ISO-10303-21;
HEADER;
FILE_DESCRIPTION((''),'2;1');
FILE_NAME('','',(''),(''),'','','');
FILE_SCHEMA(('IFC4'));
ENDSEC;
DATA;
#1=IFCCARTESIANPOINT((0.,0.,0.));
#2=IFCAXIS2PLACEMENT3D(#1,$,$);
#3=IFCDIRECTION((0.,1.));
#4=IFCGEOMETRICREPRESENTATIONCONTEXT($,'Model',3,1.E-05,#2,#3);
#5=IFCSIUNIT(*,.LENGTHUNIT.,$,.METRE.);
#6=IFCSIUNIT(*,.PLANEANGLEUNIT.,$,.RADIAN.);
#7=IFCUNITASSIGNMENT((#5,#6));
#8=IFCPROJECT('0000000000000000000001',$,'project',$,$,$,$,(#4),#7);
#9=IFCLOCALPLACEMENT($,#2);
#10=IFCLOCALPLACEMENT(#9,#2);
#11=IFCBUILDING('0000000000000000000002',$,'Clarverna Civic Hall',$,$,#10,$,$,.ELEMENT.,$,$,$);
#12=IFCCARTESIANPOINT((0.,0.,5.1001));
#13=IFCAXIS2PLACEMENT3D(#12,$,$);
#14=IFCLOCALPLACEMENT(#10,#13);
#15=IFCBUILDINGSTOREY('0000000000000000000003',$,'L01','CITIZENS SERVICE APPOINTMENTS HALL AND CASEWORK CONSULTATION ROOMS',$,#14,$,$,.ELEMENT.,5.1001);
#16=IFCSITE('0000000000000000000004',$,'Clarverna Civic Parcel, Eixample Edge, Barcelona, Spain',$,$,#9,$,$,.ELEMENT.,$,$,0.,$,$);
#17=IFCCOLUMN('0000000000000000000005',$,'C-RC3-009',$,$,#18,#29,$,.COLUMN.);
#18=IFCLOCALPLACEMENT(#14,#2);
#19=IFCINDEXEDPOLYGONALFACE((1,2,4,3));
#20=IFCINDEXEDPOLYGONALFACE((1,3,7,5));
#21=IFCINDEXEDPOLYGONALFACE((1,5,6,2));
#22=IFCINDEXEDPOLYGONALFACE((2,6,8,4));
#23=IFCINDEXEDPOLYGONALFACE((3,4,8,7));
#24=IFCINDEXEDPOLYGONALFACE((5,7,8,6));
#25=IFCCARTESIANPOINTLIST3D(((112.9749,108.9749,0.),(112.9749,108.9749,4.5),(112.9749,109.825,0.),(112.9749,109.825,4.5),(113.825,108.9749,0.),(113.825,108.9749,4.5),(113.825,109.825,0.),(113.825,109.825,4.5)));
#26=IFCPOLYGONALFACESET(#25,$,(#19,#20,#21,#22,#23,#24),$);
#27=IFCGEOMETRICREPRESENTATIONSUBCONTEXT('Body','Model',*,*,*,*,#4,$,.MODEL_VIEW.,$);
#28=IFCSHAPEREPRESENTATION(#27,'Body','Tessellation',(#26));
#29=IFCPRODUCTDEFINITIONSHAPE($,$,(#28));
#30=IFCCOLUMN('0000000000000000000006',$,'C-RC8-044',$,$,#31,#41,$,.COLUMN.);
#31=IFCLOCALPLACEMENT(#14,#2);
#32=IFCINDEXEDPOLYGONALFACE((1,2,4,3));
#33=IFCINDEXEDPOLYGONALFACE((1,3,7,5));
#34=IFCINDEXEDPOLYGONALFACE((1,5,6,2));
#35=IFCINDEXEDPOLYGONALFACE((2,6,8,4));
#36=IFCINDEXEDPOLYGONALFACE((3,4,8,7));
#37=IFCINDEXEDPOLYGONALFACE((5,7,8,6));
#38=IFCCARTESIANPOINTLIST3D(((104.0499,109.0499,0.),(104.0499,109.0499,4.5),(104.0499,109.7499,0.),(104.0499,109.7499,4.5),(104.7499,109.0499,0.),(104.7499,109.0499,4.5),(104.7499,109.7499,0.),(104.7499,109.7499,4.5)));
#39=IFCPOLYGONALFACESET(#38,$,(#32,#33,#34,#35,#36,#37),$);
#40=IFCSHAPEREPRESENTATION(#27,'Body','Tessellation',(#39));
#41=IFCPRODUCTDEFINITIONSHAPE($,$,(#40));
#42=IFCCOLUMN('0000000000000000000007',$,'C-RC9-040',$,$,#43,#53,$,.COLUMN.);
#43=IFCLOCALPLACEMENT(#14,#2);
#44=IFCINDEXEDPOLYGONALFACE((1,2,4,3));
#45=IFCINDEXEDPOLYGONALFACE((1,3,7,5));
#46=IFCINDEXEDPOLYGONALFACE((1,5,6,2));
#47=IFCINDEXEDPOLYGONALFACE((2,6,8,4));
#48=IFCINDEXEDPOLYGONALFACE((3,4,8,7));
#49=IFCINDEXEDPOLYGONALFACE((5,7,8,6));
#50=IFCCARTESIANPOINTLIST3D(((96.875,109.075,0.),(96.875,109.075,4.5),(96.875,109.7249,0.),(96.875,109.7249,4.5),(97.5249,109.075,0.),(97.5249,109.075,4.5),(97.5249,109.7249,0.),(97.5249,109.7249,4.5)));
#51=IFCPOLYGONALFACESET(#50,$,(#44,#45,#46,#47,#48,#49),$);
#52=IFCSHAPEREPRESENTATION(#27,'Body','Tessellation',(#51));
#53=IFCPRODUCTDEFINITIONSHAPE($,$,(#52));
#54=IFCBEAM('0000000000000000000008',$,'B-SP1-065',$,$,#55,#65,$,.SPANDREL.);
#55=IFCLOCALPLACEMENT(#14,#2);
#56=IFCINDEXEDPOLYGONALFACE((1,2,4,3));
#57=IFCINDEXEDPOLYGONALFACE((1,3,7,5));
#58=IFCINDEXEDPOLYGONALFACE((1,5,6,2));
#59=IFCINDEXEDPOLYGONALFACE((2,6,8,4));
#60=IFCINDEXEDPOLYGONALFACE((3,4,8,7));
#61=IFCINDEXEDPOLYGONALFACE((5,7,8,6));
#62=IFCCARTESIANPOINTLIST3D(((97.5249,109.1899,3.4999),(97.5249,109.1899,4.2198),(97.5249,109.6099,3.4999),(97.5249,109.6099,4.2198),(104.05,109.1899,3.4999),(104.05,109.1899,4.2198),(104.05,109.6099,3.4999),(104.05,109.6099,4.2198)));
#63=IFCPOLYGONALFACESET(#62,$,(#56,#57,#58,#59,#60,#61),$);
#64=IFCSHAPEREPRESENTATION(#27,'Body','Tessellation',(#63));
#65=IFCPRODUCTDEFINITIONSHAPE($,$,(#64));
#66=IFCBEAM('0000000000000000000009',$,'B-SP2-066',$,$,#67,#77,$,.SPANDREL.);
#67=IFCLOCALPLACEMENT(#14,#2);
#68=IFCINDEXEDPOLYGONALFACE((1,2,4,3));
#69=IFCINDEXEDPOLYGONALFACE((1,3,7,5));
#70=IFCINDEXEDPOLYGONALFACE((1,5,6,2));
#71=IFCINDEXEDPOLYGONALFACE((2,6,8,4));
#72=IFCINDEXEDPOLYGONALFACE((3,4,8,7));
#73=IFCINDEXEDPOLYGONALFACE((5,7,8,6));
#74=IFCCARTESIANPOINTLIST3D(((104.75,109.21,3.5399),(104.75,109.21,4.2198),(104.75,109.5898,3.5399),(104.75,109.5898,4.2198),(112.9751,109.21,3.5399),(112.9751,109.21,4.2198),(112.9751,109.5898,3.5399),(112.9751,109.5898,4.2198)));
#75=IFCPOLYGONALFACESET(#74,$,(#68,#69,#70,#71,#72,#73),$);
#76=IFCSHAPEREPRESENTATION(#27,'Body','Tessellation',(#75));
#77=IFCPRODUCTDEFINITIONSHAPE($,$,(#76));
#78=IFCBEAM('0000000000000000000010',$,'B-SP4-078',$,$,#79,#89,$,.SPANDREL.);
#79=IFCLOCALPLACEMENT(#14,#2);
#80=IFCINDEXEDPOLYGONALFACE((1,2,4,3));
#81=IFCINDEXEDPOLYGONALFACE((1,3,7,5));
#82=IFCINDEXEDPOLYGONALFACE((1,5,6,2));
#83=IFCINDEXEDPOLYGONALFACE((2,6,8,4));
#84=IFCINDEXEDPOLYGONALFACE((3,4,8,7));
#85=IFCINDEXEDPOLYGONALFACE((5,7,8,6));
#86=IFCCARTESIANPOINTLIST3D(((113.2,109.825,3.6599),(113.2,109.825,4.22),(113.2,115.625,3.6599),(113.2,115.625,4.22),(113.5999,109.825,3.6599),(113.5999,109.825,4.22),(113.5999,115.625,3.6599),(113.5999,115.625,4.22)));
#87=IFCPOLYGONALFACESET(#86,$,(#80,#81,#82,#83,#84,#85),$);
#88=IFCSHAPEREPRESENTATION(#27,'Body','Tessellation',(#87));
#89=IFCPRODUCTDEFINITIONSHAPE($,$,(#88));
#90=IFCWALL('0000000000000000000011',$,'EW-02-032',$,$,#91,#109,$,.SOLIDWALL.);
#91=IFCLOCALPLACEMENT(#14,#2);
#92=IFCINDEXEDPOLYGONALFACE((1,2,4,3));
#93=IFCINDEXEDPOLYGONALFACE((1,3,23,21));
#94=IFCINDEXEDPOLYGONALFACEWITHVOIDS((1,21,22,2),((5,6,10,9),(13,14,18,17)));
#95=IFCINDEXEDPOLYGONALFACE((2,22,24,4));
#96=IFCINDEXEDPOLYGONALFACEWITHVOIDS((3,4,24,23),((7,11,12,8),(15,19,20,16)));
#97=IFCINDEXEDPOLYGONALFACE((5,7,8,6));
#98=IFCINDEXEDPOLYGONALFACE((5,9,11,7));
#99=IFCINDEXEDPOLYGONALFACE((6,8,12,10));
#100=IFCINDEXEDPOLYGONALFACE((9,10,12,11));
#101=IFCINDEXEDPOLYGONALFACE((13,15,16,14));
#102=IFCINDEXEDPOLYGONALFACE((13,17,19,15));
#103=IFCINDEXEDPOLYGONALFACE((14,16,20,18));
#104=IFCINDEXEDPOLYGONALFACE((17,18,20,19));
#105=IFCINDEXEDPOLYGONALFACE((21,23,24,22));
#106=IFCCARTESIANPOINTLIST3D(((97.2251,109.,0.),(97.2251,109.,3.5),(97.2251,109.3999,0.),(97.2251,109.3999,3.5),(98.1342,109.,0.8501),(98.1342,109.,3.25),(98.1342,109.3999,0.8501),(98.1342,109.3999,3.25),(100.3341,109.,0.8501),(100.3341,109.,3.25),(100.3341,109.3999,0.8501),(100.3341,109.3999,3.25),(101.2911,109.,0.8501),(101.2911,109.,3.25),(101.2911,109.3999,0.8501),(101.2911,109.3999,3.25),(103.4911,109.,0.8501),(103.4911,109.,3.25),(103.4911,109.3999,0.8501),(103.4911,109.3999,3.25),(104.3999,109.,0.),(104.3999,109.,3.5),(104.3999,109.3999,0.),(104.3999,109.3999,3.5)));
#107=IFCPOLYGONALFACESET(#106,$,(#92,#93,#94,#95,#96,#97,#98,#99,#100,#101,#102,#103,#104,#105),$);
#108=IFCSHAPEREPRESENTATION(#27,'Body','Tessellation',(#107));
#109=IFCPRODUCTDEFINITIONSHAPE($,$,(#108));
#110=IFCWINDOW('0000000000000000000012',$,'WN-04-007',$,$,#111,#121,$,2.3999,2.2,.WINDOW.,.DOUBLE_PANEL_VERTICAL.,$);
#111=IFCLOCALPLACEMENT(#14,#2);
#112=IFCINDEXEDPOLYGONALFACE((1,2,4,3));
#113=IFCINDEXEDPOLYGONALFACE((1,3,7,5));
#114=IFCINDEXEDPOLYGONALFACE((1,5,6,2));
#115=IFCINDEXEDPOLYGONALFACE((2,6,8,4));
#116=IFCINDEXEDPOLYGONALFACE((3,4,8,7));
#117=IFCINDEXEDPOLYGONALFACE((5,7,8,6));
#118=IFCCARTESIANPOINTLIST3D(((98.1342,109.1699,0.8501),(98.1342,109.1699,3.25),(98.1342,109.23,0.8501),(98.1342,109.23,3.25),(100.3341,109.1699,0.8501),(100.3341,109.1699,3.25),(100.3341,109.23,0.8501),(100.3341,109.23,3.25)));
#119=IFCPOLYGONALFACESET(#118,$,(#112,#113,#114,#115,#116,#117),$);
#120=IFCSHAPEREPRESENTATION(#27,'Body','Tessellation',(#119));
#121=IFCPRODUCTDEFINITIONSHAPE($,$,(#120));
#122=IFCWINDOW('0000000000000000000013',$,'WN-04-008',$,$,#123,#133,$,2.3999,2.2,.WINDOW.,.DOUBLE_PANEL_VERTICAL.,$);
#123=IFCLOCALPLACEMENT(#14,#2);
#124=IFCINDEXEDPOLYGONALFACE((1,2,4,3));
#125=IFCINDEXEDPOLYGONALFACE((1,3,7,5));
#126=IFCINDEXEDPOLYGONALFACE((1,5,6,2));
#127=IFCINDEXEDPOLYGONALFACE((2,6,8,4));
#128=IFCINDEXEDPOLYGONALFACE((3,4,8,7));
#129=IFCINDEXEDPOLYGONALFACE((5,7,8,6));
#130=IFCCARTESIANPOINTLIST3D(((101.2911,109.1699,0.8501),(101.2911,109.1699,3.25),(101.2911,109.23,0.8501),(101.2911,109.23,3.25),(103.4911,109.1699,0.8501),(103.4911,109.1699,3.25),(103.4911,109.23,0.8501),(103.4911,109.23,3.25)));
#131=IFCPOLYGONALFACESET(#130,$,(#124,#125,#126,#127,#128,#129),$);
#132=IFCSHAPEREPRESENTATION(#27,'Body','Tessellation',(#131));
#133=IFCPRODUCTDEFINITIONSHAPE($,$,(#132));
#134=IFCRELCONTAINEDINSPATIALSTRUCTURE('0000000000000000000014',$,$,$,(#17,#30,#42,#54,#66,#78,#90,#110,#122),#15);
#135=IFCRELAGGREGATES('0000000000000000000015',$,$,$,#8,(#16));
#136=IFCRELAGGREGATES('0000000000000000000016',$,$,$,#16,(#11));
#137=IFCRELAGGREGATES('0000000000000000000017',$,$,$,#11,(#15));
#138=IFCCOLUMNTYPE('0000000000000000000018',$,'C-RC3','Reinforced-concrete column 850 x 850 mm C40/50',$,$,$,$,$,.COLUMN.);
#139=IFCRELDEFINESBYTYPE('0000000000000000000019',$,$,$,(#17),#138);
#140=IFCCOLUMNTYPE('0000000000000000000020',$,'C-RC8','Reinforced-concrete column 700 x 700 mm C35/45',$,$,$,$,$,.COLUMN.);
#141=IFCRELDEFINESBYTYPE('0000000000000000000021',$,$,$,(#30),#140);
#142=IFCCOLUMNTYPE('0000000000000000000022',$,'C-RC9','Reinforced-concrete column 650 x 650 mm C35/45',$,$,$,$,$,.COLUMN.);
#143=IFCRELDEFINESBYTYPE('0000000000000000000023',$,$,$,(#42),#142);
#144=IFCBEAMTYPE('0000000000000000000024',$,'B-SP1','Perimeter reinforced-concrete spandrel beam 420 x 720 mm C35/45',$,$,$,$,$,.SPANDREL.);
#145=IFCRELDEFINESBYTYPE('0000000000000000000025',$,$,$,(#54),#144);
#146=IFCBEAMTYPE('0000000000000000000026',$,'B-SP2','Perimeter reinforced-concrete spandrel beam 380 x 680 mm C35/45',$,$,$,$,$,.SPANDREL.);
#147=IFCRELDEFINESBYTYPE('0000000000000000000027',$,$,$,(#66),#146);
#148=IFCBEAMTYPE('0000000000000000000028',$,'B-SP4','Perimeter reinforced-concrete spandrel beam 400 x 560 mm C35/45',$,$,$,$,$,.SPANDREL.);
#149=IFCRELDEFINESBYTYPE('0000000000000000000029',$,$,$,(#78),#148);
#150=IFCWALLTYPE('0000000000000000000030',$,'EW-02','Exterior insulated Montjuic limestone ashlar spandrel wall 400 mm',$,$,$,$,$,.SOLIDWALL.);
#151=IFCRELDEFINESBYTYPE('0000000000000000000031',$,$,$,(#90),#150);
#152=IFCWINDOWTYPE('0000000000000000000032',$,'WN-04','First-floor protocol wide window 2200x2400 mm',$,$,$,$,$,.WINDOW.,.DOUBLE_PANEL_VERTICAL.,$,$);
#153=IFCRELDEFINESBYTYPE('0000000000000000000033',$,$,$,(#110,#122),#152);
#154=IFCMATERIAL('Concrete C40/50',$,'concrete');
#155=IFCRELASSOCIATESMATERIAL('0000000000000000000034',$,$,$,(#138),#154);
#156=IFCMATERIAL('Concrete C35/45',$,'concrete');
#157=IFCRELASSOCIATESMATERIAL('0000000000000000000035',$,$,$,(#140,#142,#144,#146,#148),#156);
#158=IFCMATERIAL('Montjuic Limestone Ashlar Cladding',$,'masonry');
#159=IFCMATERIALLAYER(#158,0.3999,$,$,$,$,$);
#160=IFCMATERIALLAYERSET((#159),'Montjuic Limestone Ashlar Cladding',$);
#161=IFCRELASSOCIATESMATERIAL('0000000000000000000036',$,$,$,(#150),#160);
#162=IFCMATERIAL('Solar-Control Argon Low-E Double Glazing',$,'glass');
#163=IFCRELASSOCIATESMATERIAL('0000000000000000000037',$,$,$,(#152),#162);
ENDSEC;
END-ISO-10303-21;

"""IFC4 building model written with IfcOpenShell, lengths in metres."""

from ifc_helpers import new_model, si_unit, direction, frame, frame_2d, origin, origin_2d, place, context, subcontext, project, spatial, rectangle, extrude, material, layer, layer_set, material_profile, profile_set, type_object, element, fill, save


model = new_model("IFC4")

# Units and contexts
model_context = context("Model", 3, precision=1e-05, world=origin(), true_north=direction((0.0, 1.0)))
body_context = subcontext(model_context, "Body", "Model", "MODEL_VIEW")
ifc_project = project(units=[si_unit("LENGTHUNIT", "METRE"), si_unit("PLANEANGLEUNIT", "RADIAN")], contexts=[model_context])

# Site, building, storey
site_placement = place(None, origin())
site = spatial("IfcSite", under=ifc_project, at=site_placement, Name="Clarverna Civic Parcel, Eixample Edge, Barcelona, Spain", CompositionType="ELEMENT", RefElevation=0.0)
building_placement = place(site_placement, origin())
building = spatial("IfcBuilding", under=site, at=building_placement, Name="Clarverna Civic Hall", CompositionType="ELEMENT")
storey_placement = place(building_placement, frame((0.0, 0.0, 5.1001)))
storey = spatial("IfcBuildingStorey", under=building, at=storey_placement, Name="L01", Description="CITIZENS SERVICE APPOINTMENTS HALL AND CASEWORK CONSULTATION ROOMS", CompositionType="ELEMENT", Elevation=5.1001)

# Columns
ifc_material_1 = material(Name="Concrete C40/50", Category="concrete")
ifc_material_profile_1 = material_profile(ifc_material_1, rectangle(XDim=0.8501, YDim=0.8501, at=origin_2d()), Name="RC 850x850")
ifc_profile_set_1 = profile_set([ifc_material_profile_1], Name="Concrete C40/50")
column_type_1 = type_object("IfcColumnType", Name="C-RC3", Description="Reinforced-concrete column 850 x 850 mm C40/50", PredefinedType="COLUMN", material=ifc_profile_set_1)
column_1_placement = place(storey_placement, frame((113.3999, 109.3999, 0.0), z_axis=(0.0, 0.0, 1.0), x_axis=(1.0, 0.0, 0.0)))
element("IfcColumn", 1, at=column_1_placement, inside=storey, type_object=column_type_1, Name="C-RC3-009", PredefinedType="COLUMN", context=body_context, shape_type="SweptSolid", body=[
    extrude(rectangle(XDim=0.8501, YDim=0.8501, at=origin_2d()), origin(), (0.0, 0.0, 1.0), 4.5),
])
ifc_material_2 = material(Name="Concrete C35/45", Category="concrete")
ifc_material_profile_2 = material_profile(ifc_material_2, rectangle(XDim=0.7, YDim=0.7, at=origin_2d()), Name="RC 700x700")
ifc_profile_set_2 = profile_set([ifc_material_profile_2], Name="Concrete C35/45")
column_type_2 = type_object("IfcColumnType", Name="C-RC8", Description="Reinforced-concrete column 700 x 700 mm C35/45", PredefinedType="COLUMN", material=ifc_profile_set_2)
column_2_placement = place(storey_placement, frame((104.3999, 109.3999, 0.0), z_axis=(0.0, 0.0, 1.0), x_axis=(1.0, 0.0, 0.0)))
element("IfcColumn", 2, at=column_2_placement, inside=storey, type_object=column_type_2, Name="C-RC8-044", PredefinedType="COLUMN", context=body_context, shape_type="SweptSolid", body=[
    extrude(rectangle(XDim=0.7, YDim=0.7, at=origin_2d()), origin(), (0.0, 0.0, 1.0), 4.5),
])
ifc_material_profile_3 = material_profile(ifc_material_2, rectangle(XDim=0.6499, YDim=0.6499, at=origin_2d()), Name="RC 650x650")
ifc_profile_set_3 = profile_set([ifc_material_profile_3], Name="Concrete C35/45")
column_type_3 = type_object("IfcColumnType", Name="C-RC9", Description="Reinforced-concrete column 650 x 650 mm C35/45", PredefinedType="COLUMN", material=ifc_profile_set_3)
column_3_placement = place(storey_placement, frame((97.2, 109.3999, 0.0), z_axis=(0.0, 0.0, 1.0), x_axis=(1.0, 0.0, 0.0)))
element("IfcColumn", 3, at=column_3_placement, inside=storey, type_object=column_type_3, Name="C-RC9-040", PredefinedType="COLUMN", context=body_context, shape_type="SweptSolid", body=[
    extrude(rectangle(XDim=0.6499, YDim=0.6499, at=origin_2d()), origin(), (0.0, 0.0, 1.0), 4.5),
])

# Beams
ifc_material_profile_4 = material_profile(ifc_material_2, rectangle(XDim=0.4199, YDim=0.72, at=origin_2d()), Name="RC 420x720")
ifc_profile_set_4 = profile_set([ifc_material_profile_4], Name="Concrete C35/45")
beam_type_1 = type_object("IfcBeamType", Name="B-SP1", Description="Perimeter reinforced-concrete spandrel beam 420 x 720 mm C35/45", PredefinedType="SPANDREL", material=ifc_profile_set_4)
beam_1_placement = place(storey_placement, frame((97.5249, 109.3999, 3.8599), z_axis=(1.0, 0.0, 0.0), x_axis=(0.0, 1.0, 0.0)))
element("IfcBeam", 4, at=beam_1_placement, inside=storey, type_object=beam_type_1, Name="B-SP1-065", PredefinedType="SPANDREL", context=body_context, shape_type="SweptSolid", body=[
    extrude(rectangle(XDim=0.4199, YDim=0.72, at=origin_2d()), origin(), (0.0, 0.0, 1.0), 6.5251),
])
ifc_material_profile_5 = material_profile(ifc_material_2, rectangle(XDim=0.3799, YDim=0.6799, at=origin_2d()), Name="RC 380x680")
ifc_profile_set_5 = profile_set([ifc_material_profile_5], Name="Concrete C35/45")
beam_type_2 = type_object("IfcBeamType", Name="B-SP2", Description="Perimeter reinforced-concrete spandrel beam 380 x 680 mm C35/45", PredefinedType="SPANDREL", material=ifc_profile_set_5)
beam_2_placement = place(storey_placement, frame((104.75, 109.3999, 3.8799), z_axis=(1.0, 0.0, 0.0), x_axis=(0.0, 1.0, 0.0)))
element("IfcBeam", 5, at=beam_2_placement, inside=storey, type_object=beam_type_2, Name="B-SP2-066", PredefinedType="SPANDREL", context=body_context, shape_type="SweptSolid", body=[
    extrude(rectangle(XDim=0.3799, YDim=0.6799, at=origin_2d()), origin(), (0.0, 0.0, 1.0), 8.2251),
])
ifc_material_profile_6 = material_profile(ifc_material_2, rectangle(XDim=0.3999, YDim=0.5601, at=origin_2d()), Name="RC 400x560")
ifc_profile_set_6 = profile_set([ifc_material_profile_6], Name="Concrete C35/45")
beam_type_3 = type_object("IfcBeamType", Name="B-SP4", Description="Perimeter reinforced-concrete spandrel beam 400 x 560 mm C35/45", PredefinedType="SPANDREL", material=ifc_profile_set_6)
beam_3_placement = place(storey_placement, frame((113.3999, 109.825, 3.9399), z_axis=(0.0, 1.0, 0.0), x_axis=(-1.0, 0.0, 0.0)))
element("IfcBeam", 6, at=beam_3_placement, inside=storey, type_object=beam_type_3, Name="B-SP4-078", PredefinedType="SPANDREL", context=body_context, shape_type="SweptSolid", body=[
    extrude(rectangle(XDim=0.3999, YDim=0.5601, at=origin_2d()), origin(), (0.0, 0.0, 1.0), 5.8),
])

# Wall, openings, windows
ifc_material_3 = material(Name="Montjuic Limestone Ashlar Cladding", Category="masonry")
ifc_layer_1 = layer(ifc_material_3, 0.3999)
ifc_layer_set_1 = layer_set([ifc_layer_1], Name="Montjuic Limestone Ashlar Cladding")
wall_type = type_object("IfcWallType", Name="EW-02", Description="Exterior insulated Montjuic limestone ashlar spandrel wall 400 mm", PredefinedType="SOLIDWALL", material=ifc_layer_set_1)
wall_1_placement = place(storey_placement, frame((97.2251, 109.2, 0.0), z_axis=(0.0, 0.0, 1.0), x_axis=(1.0, 0.0, 0.0)))
wall_1 = element("IfcWall", 7, at=wall_1_placement, inside=storey, type_object=wall_type, Name="EW-02-032", PredefinedType="SOLIDWALL", context=body_context, shape_type="SweptSolid", body=[
    extrude(rectangle(XDim=7.1748, YDim=0.3999, at=frame_2d((3.5874, 0.0))), origin(), (0.0, 0.0, 1.0), 3.5),
])
opening_1_placement = place(wall_1_placement, frame((0.9089, 0.0, 0.8501)))
opening_1 = element("IfcOpeningElement", 8, at=opening_1_placement, cuts=wall_1, PredefinedType="OPENING", context=body_context, shape_type="SweptSolid", body=[
    extrude(rectangle(XDim=2.2, YDim=2.3999, at=frame_2d((1.1001, 1.2))), frame((0.0, 0.21, 0.0), z_axis=(0.0, -1.0, 0.0), x_axis=(1.0, 0.0, 0.0)), (0.0, 0.0, 1.0), 0.4199),
])
opening_2_placement = place(wall_1_placement, frame((4.0659, 0.0, 0.8501)))
opening_2 = element("IfcOpeningElement", 9, at=opening_2_placement, cuts=wall_1, PredefinedType="OPENING", context=body_context, shape_type="SweptSolid", body=[
    extrude(rectangle(XDim=2.2, YDim=2.3999, at=frame_2d((1.1001, 1.2))), frame((0.0, 0.21, 0.0), z_axis=(0.0, -1.0, 0.0), x_axis=(1.0, 0.0, 0.0)), (0.0, 0.0, 1.0), 0.4199),
])
ifc_material_4 = material(Name="Solar-Control Argon Low-E Double Glazing", Category="glass")
window_type_1 = type_object("IfcWindowType", Name="WN-04", Description="First-floor protocol wide window 2200x2400 mm", PartitioningType="DOUBLE_PANEL_VERTICAL", PredefinedType="WINDOW", material=ifc_material_4)
window_1_placement = place(opening_1_placement, origin())
window_1 = element("IfcWindow", 10, at=window_1_placement, inside=storey, type_object=window_type_1, Name="WN-04-007", OverallHeight=2.3999, OverallWidth=2.2, PartitioningType="DOUBLE_PANEL_VERTICAL", PredefinedType="WINDOW", context=body_context, shape_type="SweptSolid", body=[
    extrude(rectangle(XDim=2.2, YDim=2.3999, at=frame_2d((1.1001, 1.2))), frame((0.0, 0.03, 0.0), z_axis=(0.0, -1.0, 0.0), x_axis=(1.0, 0.0, 0.0)), (0.0, 0.0, 1.0), 0.0601),
])
fill(opening_1, window_1)
window_2_placement = place(opening_2_placement, origin())
window_2 = element("IfcWindow", 11, at=window_2_placement, inside=storey, type_object=window_type_1, Name="WN-04-008", OverallHeight=2.3999, OverallWidth=2.2, PartitioningType="DOUBLE_PANEL_VERTICAL", PredefinedType="WINDOW", context=body_context, shape_type="SweptSolid", body=[
    extrude(rectangle(XDim=2.2, YDim=2.3999, at=frame_2d((1.1001, 1.2))), frame((0.0, 0.03, 0.0), z_axis=(0.0, -1.0, 0.0), x_axis=(1.0, 0.0, 0.0)), (0.0, 0.0, 1.0), 0.0601),
])
fill(opening_2, window_2)

save(model, "model.ifc")
